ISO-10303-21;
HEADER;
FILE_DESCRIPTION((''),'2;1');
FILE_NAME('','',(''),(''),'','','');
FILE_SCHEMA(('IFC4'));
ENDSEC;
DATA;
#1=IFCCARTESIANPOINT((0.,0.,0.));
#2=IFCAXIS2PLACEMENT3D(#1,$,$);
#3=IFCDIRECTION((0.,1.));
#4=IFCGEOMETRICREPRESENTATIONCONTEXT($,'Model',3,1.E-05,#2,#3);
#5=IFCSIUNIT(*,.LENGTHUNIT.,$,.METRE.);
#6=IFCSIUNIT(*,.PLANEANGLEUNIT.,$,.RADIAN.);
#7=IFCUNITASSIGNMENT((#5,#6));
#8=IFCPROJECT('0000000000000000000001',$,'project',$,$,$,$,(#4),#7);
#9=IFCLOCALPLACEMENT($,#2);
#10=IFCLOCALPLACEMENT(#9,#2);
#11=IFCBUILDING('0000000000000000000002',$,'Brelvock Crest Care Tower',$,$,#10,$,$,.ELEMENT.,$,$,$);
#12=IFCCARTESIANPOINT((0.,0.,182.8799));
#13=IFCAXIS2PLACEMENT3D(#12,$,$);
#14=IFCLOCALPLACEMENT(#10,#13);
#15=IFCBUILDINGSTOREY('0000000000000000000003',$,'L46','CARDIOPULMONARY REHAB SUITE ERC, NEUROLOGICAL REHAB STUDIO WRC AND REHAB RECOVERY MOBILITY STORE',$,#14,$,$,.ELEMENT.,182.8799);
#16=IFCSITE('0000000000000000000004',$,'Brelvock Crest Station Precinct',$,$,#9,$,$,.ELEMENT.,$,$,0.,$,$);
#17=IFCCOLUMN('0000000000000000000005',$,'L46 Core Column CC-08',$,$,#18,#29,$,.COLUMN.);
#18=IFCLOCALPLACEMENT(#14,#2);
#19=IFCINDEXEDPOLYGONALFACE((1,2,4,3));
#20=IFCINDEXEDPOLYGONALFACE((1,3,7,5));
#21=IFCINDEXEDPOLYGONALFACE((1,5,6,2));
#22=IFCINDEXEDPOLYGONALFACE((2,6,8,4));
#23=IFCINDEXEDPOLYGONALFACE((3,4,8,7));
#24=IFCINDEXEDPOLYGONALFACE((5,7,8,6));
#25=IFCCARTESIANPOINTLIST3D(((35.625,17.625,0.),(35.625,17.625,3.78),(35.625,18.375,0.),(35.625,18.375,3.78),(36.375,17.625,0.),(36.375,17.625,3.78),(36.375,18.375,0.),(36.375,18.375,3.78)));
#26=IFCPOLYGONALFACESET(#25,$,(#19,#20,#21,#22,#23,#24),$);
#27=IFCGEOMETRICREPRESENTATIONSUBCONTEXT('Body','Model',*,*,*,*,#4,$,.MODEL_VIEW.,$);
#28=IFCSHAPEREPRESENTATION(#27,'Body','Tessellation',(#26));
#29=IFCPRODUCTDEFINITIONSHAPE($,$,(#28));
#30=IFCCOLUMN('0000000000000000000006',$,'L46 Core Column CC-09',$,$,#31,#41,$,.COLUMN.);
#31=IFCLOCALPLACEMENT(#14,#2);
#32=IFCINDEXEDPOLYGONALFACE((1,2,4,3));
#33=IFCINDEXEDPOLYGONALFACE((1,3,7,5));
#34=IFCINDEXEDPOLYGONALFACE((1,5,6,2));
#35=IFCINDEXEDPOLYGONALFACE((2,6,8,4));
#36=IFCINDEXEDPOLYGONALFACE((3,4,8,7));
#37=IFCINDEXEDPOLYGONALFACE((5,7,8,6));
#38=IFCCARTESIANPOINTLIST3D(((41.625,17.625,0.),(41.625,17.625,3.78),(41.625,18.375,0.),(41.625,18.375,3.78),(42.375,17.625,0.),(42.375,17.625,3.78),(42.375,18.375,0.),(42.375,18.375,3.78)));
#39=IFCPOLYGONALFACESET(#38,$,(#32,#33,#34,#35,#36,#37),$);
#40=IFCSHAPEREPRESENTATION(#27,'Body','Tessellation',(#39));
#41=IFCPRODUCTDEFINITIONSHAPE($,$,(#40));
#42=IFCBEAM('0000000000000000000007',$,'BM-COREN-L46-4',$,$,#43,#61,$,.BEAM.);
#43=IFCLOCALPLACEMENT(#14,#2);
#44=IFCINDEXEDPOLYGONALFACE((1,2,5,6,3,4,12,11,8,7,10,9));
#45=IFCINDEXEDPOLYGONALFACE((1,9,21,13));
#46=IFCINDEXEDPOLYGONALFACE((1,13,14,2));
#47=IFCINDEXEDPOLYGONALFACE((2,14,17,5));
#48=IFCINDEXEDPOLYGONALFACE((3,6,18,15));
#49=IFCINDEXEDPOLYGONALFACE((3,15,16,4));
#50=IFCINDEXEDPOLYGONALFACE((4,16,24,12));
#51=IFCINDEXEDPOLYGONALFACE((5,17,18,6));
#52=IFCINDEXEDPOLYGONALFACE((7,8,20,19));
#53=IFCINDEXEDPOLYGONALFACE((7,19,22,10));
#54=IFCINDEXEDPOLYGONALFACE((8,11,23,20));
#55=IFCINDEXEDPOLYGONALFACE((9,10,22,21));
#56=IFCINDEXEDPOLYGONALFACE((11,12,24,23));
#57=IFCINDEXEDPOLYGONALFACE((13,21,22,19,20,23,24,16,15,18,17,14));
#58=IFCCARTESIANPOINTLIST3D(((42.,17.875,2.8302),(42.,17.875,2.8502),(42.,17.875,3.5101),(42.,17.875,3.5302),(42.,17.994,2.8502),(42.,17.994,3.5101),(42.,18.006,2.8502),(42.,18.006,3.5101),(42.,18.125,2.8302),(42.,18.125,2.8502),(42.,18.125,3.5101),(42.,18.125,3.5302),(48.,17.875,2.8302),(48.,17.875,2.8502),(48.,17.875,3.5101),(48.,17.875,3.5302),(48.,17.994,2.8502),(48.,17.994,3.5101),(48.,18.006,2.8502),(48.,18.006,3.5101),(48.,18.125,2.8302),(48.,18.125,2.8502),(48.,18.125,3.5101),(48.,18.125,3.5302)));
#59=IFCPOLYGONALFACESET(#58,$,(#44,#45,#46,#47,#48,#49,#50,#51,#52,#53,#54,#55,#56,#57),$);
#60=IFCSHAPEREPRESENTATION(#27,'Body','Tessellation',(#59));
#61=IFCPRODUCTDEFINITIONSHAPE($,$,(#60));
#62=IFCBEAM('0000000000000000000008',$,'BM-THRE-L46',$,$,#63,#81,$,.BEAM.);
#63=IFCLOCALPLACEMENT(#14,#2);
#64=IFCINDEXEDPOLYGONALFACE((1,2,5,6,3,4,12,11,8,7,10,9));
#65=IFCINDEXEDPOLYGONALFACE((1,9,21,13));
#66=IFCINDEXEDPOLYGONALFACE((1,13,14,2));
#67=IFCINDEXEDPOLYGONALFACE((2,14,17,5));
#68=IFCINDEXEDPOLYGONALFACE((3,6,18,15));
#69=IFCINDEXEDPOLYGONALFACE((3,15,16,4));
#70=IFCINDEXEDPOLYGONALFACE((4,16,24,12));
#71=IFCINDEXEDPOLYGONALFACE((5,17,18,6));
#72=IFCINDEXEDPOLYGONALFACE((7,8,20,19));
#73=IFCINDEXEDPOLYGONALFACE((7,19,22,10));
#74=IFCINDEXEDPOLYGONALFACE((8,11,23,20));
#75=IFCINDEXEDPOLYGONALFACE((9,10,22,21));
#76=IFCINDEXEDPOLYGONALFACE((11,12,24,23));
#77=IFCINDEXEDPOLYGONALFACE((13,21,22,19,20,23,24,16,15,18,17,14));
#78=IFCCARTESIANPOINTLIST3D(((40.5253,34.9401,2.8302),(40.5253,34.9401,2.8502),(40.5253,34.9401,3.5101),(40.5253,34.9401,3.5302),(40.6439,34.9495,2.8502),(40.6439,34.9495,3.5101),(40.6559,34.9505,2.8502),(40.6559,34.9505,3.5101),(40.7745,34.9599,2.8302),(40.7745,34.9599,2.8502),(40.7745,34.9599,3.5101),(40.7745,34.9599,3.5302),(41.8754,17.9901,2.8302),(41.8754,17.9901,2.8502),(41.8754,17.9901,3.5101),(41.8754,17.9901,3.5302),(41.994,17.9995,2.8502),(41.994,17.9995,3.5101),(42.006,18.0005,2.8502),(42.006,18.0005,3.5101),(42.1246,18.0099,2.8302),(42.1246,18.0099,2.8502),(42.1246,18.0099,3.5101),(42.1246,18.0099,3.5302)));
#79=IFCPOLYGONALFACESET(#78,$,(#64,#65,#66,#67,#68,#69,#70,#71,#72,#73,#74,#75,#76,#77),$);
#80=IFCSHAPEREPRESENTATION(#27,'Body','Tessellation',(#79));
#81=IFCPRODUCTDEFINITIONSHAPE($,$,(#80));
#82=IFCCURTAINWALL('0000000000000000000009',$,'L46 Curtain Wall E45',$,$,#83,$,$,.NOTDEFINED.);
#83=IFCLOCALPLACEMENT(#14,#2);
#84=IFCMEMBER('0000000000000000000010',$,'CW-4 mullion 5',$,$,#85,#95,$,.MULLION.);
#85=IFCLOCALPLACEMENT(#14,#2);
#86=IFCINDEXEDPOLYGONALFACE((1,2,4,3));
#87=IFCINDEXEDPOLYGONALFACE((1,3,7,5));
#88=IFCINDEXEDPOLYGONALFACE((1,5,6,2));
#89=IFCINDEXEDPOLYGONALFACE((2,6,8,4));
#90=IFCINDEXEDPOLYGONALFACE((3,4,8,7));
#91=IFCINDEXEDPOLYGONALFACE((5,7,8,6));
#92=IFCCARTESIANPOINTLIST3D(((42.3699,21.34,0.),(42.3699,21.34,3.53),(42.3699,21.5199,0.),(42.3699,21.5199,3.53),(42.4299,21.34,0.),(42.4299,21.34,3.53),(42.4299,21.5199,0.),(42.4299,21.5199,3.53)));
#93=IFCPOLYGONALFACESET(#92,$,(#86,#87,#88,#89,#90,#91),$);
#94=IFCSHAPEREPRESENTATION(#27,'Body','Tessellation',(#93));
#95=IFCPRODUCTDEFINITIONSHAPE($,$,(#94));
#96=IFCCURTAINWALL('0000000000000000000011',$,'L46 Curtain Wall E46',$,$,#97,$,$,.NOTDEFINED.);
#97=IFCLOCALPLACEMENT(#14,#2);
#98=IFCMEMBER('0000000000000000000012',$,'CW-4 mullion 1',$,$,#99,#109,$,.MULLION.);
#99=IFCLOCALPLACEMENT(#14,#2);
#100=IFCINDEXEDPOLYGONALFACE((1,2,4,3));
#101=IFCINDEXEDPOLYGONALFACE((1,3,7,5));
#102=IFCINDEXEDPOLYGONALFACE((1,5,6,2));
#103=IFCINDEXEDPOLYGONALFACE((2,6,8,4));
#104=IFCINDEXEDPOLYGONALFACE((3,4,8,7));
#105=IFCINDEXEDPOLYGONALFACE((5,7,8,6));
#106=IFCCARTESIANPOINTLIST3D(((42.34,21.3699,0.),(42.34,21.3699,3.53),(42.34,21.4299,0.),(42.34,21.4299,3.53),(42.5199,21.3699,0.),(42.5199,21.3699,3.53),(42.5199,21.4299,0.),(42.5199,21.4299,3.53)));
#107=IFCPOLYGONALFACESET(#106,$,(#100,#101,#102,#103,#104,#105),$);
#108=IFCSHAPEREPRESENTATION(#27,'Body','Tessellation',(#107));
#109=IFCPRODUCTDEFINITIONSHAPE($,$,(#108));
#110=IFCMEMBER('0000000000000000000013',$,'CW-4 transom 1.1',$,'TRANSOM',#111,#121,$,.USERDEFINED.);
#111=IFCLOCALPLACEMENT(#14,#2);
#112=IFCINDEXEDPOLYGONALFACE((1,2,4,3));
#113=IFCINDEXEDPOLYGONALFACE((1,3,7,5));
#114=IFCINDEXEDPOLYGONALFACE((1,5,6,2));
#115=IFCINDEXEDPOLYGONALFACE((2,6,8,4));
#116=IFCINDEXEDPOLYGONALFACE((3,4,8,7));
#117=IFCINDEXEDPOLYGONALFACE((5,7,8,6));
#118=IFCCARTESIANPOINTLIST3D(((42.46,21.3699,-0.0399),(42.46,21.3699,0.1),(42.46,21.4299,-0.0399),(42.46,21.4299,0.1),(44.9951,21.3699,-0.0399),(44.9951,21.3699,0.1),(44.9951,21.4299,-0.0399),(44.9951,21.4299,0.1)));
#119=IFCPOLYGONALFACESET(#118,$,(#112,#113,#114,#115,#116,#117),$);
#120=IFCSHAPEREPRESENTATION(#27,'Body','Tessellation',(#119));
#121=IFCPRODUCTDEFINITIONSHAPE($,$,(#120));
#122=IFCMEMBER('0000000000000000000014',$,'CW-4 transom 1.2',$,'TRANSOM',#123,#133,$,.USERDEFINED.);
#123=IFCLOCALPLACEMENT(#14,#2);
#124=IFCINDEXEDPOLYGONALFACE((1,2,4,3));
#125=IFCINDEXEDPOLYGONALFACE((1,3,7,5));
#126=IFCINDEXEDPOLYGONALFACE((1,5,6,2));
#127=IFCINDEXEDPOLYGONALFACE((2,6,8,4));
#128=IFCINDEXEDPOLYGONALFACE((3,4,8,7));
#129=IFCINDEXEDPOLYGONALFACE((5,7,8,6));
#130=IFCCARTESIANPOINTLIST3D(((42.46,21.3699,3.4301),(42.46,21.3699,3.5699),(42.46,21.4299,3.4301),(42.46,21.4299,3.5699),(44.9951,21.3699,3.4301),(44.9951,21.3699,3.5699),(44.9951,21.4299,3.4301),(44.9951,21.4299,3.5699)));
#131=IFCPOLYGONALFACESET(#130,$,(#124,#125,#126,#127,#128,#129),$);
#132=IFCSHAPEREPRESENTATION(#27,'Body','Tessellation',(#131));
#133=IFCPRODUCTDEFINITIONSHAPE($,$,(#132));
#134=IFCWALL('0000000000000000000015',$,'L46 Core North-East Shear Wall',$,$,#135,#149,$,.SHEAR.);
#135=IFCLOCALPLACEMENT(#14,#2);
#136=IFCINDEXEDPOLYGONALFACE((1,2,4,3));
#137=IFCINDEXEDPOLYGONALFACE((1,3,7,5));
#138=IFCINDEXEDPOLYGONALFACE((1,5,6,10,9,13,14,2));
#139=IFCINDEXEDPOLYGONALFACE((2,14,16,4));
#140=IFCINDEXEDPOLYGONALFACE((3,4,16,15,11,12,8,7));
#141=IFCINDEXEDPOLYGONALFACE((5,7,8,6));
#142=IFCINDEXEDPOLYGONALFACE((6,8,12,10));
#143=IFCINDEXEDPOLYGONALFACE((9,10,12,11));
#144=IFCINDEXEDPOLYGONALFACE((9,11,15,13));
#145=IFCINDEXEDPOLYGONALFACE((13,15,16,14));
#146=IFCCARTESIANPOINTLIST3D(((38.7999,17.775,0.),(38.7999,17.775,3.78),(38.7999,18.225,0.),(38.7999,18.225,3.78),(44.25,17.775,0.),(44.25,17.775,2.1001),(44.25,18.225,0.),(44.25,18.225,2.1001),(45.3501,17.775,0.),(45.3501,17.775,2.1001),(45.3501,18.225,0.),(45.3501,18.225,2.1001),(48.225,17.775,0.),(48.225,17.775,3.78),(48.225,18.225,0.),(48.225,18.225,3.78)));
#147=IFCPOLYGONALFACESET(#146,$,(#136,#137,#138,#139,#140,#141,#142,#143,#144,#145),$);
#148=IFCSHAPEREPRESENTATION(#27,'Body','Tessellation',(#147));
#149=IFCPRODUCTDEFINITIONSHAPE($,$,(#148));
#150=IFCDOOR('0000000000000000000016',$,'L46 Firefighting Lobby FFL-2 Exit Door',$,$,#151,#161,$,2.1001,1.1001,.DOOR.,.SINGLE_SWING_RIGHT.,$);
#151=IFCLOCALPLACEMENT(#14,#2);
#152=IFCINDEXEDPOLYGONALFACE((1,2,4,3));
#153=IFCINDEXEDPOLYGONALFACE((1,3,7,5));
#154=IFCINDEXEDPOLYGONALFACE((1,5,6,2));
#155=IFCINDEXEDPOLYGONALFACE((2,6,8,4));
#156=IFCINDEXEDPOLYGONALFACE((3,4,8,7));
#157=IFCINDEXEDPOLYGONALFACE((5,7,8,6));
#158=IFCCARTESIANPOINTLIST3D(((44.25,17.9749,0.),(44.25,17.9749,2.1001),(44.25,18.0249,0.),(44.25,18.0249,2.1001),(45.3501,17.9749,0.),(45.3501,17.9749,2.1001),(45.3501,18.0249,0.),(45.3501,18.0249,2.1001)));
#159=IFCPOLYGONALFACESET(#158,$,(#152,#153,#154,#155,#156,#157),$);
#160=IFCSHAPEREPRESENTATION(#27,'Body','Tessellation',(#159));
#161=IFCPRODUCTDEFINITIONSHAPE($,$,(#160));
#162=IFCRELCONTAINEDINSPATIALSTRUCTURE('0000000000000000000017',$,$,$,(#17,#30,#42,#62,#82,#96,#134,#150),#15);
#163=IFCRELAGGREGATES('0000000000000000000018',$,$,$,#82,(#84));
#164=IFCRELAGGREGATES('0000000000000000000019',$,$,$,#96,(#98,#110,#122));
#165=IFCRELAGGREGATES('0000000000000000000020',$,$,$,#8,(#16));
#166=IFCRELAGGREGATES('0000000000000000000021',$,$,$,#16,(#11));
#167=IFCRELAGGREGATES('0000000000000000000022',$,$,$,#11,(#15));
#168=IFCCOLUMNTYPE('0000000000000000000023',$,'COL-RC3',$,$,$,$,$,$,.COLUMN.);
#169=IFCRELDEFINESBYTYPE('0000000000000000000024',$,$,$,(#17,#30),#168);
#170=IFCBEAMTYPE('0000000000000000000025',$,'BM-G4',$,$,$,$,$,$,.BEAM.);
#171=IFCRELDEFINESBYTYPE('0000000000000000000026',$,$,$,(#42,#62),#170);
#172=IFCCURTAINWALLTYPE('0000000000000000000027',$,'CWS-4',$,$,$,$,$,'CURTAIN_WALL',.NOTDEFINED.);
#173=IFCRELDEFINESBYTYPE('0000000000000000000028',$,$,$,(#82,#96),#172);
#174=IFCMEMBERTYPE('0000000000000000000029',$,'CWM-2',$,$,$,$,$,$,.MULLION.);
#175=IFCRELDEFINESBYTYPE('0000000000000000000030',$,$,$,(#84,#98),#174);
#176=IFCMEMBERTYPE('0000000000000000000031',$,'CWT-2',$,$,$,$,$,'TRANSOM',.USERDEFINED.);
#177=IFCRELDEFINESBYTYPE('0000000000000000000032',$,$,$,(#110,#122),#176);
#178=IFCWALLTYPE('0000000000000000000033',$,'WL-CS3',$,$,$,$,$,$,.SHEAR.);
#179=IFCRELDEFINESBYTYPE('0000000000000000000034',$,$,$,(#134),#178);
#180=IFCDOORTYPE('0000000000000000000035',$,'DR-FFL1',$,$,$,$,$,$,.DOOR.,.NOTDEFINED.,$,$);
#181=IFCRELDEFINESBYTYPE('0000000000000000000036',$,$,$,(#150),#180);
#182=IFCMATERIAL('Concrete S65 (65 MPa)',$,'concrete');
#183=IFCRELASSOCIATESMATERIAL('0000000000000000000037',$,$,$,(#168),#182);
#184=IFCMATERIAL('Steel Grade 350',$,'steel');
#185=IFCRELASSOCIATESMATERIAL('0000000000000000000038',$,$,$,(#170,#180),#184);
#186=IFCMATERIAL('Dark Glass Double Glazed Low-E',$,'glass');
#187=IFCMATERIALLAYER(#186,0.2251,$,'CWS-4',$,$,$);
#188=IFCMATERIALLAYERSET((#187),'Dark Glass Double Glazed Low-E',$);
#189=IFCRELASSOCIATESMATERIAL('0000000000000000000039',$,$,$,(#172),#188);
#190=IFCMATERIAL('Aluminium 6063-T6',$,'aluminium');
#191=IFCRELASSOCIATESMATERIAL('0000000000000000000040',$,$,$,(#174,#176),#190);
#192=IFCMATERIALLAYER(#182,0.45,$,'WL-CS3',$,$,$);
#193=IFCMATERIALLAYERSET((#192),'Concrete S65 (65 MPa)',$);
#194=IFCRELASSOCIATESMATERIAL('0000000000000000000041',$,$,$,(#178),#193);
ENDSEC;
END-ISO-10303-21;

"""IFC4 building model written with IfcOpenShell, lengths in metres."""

from ifc_helpers import new_model, si_unit, direction, frame, frame_2d, origin, origin_2d, place, context, subcontext, project, spatial, rectangle, i_section, extrude, source, transform, mapped, material, layer, layer_set, material_profile, profile_set, type_object, element, fill, aggregate, save


model = new_model("IFC4")

# Units and contexts
model_context = context("Model", 3, precision=1e-05, world=origin(), true_north=direction((0.0, 1.0)))
body_context = subcontext(model_context, "Body", "Model", "MODEL_VIEW")
ifc_project = project(units=[si_unit("LENGTHUNIT", "METRE"), si_unit("PLANEANGLEUNIT", "RADIAN")], contexts=[model_context])

# Site, building, storey
site_placement = place(None, origin())
site = spatial("IfcSite", under=ifc_project, at=site_placement, Name="Brelvock Crest Station Precinct", CompositionType="ELEMENT", RefElevation=0.0)
building_placement = place(site_placement, origin())
building = spatial("IfcBuilding", under=site, at=building_placement, Name="Brelvock Crest Care Tower", CompositionType="ELEMENT")
storey_placement = place(building_placement, frame((0.0, 0.0, 182.8799)))
storey = spatial("IfcBuildingStorey", under=building, at=storey_placement, Name="L46", Description="CARDIOPULMONARY REHAB SUITE ERC, NEUROLOGICAL REHAB STUDIO WRC AND REHAB RECOVERY MOBILITY STORE", CompositionType="ELEMENT", Elevation=182.8799)

# Columns
ifc_material_1 = material(Name="Concrete S65 (65 MPa)", Category="concrete")
ifc_material_profile_1 = material_profile(ifc_material_1, rectangle(XDim=0.75, YDim=0.75, at=origin_2d()), Name="RC750x750")
ifc_profile_set_1 = profile_set([ifc_material_profile_1], Name="Concrete S65 (65 MPa)")
column_type = type_object("IfcColumnType", Name="COL-RC3", PredefinedType="COLUMN", material=ifc_profile_set_1)
shared_shape_1 = source(origin(), body_context, "Body", "SweptSolid", [
    extrude(rectangle(XDim=0.75, YDim=0.75, at=origin_2d()), origin(), (0.0, 0.0, 1.0), 3.78),
])
for number, where, z_axis, x_axis, name in (
    (1, (36.0, 18.0, 0.0), (0.0, 0.0, 1.0), (1.0, 0.0, 0.0), "L46 Core Column CC-08"),
    (2, (42.0, 18.0, 0.0), (0.0, 0.0, 1.0), (1.0, 0.0, 0.0), "L46 Core Column CC-09"),
):
    element("IfcColumn", number, at=place(storey_placement, frame(where, z_axis=z_axis, x_axis=x_axis)), inside=storey, type_object=column_type, Name=name, PredefinedType="COLUMN", context=body_context, shape_type="MappedRepresentation", body=[
        mapped(shared_shape_1, transform((0.0, 0.0, 0.0), x_axis=(1.0, 0.0, 0.0), y_axis=(0.0, 1.0, 0.0), z_axis=(0.0, 0.0, 1.0), scale=1.0)),
    ])

# Beams
ifc_material_2 = material(Name="Steel Grade 350", Category="steel")
ifc_material_profile_2 = material_profile(ifc_material_2, i_section(OverallWidth=0.25, OverallDepth=0.7, WebThickness=0.012, FlangeThickness=0.02, at=origin_2d()), Name="700WB150")
ifc_profile_set_2 = profile_set([ifc_material_profile_2], Name="Steel Grade 350")
beam_type = type_object("IfcBeamType", Name="BM-G4", PredefinedType="BEAM", material=ifc_profile_set_2)
shared_shape_2 = source(origin(), body_context, "Body", "SweptSolid", [
    extrude(i_section(OverallWidth=0.25, OverallDepth=0.7, WebThickness=0.012, FlangeThickness=0.02, at=origin_2d()), origin(), (0.0, 0.0, 1.0), 6.0),
])
beam_1_placement = place(storey_placement, frame((42.0, 18.0, 3.1802), z_axis=(1.0, 0.0, 0.0), x_axis=(0.0, 1.0, 0.0)))
element("IfcBeam", 3, at=beam_1_placement, inside=storey, type_object=beam_type, Name="BM-COREN-L46-4", PredefinedType="BEAM", context=body_context, shape_type="MappedRepresentation", body=[
    mapped(shared_shape_2, transform((0.0, 0.0, 0.0), x_axis=(1.0, 0.0, 0.0), y_axis=(0.0, 1.0, 0.0), z_axis=(0.0, 0.0, 1.0), scale=1.0)),
])
shared_shape_3 = source(origin(), body_context, "Body", "SweptSolid", [
    extrude(i_section(OverallWidth=0.25, OverallDepth=0.7, WebThickness=0.012, FlangeThickness=0.02, at=origin_2d()), origin(), (0.0, 0.0, 1.0), 17.0037),
])
beam_2_placement = place(storey_placement, frame((42.0, 18.0, 3.1802), z_axis=(-0.079401, 0.996843, 0.0), x_axis=(-0.996843, -0.079401, 0.0)))
element("IfcBeam", 4, at=beam_2_placement, inside=storey, type_object=beam_type, Name="BM-THRE-L46", PredefinedType="BEAM", context=body_context, shape_type="MappedRepresentation", body=[
    mapped(shared_shape_3, transform((0.0, 0.0, 0.0), x_axis=(1.0, 0.0, 0.0), y_axis=(0.0, 1.0, 0.0), z_axis=(0.0, 0.0, 1.0), scale=1.0)),
])

# Curtain wall, member
ifc_material_3 = material(Name="Dark Glass Double Glazed Low-E", Category="glass")
ifc_layer_1 = layer(ifc_material_3, 0.2251, Name="CWS-4")
ifc_layer_set_1 = layer_set([ifc_layer_1], Name="Dark Glass Double Glazed Low-E")
curtain_wall_type = type_object("IfcCurtainWallType", Name="CWS-4", ElementType="CURTAIN_WALL", PredefinedType="NOTDEFINED", material=ifc_layer_set_1)
curtain_wall_1_placement = place(storey_placement, origin())
curtain_wall_1 = element("IfcCurtainWall", 5, at=curtain_wall_1_placement, inside=storey, type_object=curtain_wall_type, Name="L46 Curtain Wall E45", PredefinedType="NOTDEFINED")
ifc_material_4 = material(Name="Aluminium 6063-T6", Category="aluminium")
ifc_material_profile_3 = material_profile(ifc_material_4, rectangle(XDim=0.0601, YDim=0.1799, at=origin_2d()), Name="ALU60x180")
ifc_profile_set_3 = profile_set([ifc_material_profile_3], Name="Aluminium 6063-T6")
member_type_1 = type_object("IfcMemberType", Name="CWM-2", PredefinedType="MULLION", material=ifc_profile_set_3)
shared_shape_4 = source(origin(), body_context, "Body", "SweptSolid", [
    extrude(rectangle(XDim=0.0601, YDim=0.1799, at=origin_2d()), origin(), (0.0, 0.0, 1.0), 3.53),
])
member_1_placement = place(storey_placement, frame((42.3999, 21.4299, 0.0), z_axis=(0.0, 0.0, 1.0), x_axis=(1.0, 0.0, 0.0)))
member_1 = element("IfcMember", 6, at=member_1_placement, type_object=member_type_1, Name="CW-4 mullion 5", PredefinedType="MULLION", context=body_context, shape_type="MappedRepresentation", body=[
    mapped(shared_shape_4, transform((0.0, 0.0, 0.0), x_axis=(1.0, 0.0, 0.0), y_axis=(0.0, 1.0, 0.0), z_axis=(0.0, 0.0, 1.0), scale=1.0)),
])
aggregate(curtain_wall_1, [member_1])

# Curtain wall, members
curtain_wall_2_placement = place(storey_placement, origin())
curtain_wall_2 = element("IfcCurtainWall", 7, at=curtain_wall_2_placement, inside=storey, type_object=curtain_wall_type, Name="L46 Curtain Wall E46", PredefinedType="NOTDEFINED")
member_2_placement = place(storey_placement, frame((42.4299, 21.3999, 0.0), z_axis=(0.0, 0.0, 1.0), x_axis=(0.0, 1.0, 0.0)))
member_2 = element("IfcMember", 8, at=member_2_placement, type_object=member_type_1, Name="CW-4 mullion 1", PredefinedType="MULLION", context=body_context, shape_type="MappedRepresentation", body=[
    mapped(shared_shape_4, transform((0.0, 0.0, 0.0), x_axis=(1.0, 0.0, 0.0), y_axis=(0.0, 1.0, 0.0), z_axis=(0.0, 0.0, 1.0), scale=1.0)),
])
ifc_material_profile_4 = material_profile(ifc_material_4, rectangle(XDim=0.0601, YDim=0.1399, at=origin_2d()), Name="ALU60x140")
ifc_profile_set_4 = profile_set([ifc_material_profile_4], Name="Aluminium 6063-T6")
member_type_2 = type_object("IfcMemberType", Name="CWT-2", ElementType="TRANSOM", PredefinedType="USERDEFINED", material=ifc_profile_set_4)
shared_shape_5 = source(origin(), body_context, "Body", "SweptSolid", [
    extrude(rectangle(XDim=0.0601, YDim=0.1399, at=origin_2d()), origin(), (0.0, 0.0, 1.0), 2.5352),
])
member_3_placement = place(storey_placement, frame((42.46, 21.3999, 0.03), z_axis=(1.0, 0.0, 0.0), x_axis=(0.0, 1.0, 0.0)))
member_3 = element("IfcMember", 9, at=member_3_placement, type_object=member_type_2, Name="CW-4 transom 1.1", ObjectType="TRANSOM", PredefinedType="USERDEFINED", context=body_context, shape_type="MappedRepresentation", body=[
    mapped(shared_shape_5, transform((0.0, 0.0, 0.0), x_axis=(1.0, 0.0, 0.0), y_axis=(0.0, 1.0, 0.0), z_axis=(0.0, 0.0, 1.0), scale=1.0)),
])
member_4_placement = place(storey_placement, frame((42.46, 21.3999, 3.5), z_axis=(1.0, 0.0, 0.0), x_axis=(0.0, 1.0, 0.0)))
member_4 = element("IfcMember", 10, at=member_4_placement, type_object=member_type_2, Name="CW-4 transom 1.2", ObjectType="TRANSOM", PredefinedType="USERDEFINED", context=body_context, shape_type="MappedRepresentation", body=[
    mapped(shared_shape_5, transform((0.0, 0.0, 0.0), x_axis=(1.0, 0.0, 0.0), y_axis=(0.0, 1.0, 0.0), z_axis=(0.0, 0.0, 1.0), scale=1.0)),
])
aggregate(curtain_wall_2, [member_2, member_3, member_4])

# Wall, opening, door
ifc_layer_2 = layer(ifc_material_1, 0.45, Name="WL-CS3")
ifc_layer_set_2 = layer_set([ifc_layer_2], Name="Concrete S65 (65 MPa)")
wall_type_1 = type_object("IfcWallType", Name="WL-CS3", PredefinedType="SHEAR", material=ifc_layer_set_2)
wall_1_placement = place(storey_placement, frame((38.8, 18.0, 0.0), z_axis=(0.0, 0.0, 1.0), x_axis=(1.0, 0.0, 0.0)))
wall_1 = element("IfcWall", 11, at=wall_1_placement, inside=storey, type_object=wall_type_1, Name="L46 Core North-East Shear Wall", PredefinedType="SHEAR", context=body_context, shape_type="SweptSolid", body=[
    extrude(rectangle(XDim=9.425, YDim=0.45, at=frame_2d((4.7124, 0.0))), origin(), (0.0, 0.0, 1.0), 3.78),
])
opening_1_placement = place(wall_1_placement, frame((5.45, 0.0, 0.0)))
opening_1 = element("IfcOpeningElement", 12, at=opening_1_placement, cuts=wall_1, PredefinedType="OPENING", context=body_context, shape_type="SweptSolid", body=[
    extrude(rectangle(XDim=1.1001, YDim=2.1001, at=origin_2d()), frame((0.55, 0.2349, 1.05), z_axis=(0.0, -1.0, 0.0), x_axis=(1.0, 0.0, 0.0)), (0.0, 0.0, 1.0), 0.47),
])
door_type_1 = type_object("IfcDoorType", Name="DR-FFL1", OperationType="NOTDEFINED", PredefinedType="DOOR", material=ifc_material_2)
shared_shape_6 = source(origin(), body_context, "Body", "SweptSolid", [
    extrude(rectangle(XDim=1.1001, YDim=2.1001, at=origin_2d()), frame((0.55, 0.0249, 1.05), z_axis=(0.0, -1.0, 0.0), x_axis=(1.0, 0.0, 0.0)), (0.0, 0.0, 1.0), 0.05),
])
door_1_placement = place(opening_1_placement, origin())
door_1 = element("IfcDoor", 13, at=door_1_placement, inside=storey, type_object=door_type_1, Name="L46 Firefighting Lobby FFL-2 Exit Door", OperationType="SINGLE_SWING_RIGHT", OverallHeight=2.1001, OverallWidth=1.1001, PredefinedType="DOOR", context=body_context, shape_type="MappedRepresentation", body=[
    mapped(shared_shape_6, transform((0.0, 0.0, 0.0), x_axis=(1.0, 0.0, 0.0), y_axis=(0.0, 1.0, 0.0), z_axis=(0.0, 0.0, 1.0), scale=1.0)),
])
fill(opening_1, door_1)

save(model, "model.ifc")
